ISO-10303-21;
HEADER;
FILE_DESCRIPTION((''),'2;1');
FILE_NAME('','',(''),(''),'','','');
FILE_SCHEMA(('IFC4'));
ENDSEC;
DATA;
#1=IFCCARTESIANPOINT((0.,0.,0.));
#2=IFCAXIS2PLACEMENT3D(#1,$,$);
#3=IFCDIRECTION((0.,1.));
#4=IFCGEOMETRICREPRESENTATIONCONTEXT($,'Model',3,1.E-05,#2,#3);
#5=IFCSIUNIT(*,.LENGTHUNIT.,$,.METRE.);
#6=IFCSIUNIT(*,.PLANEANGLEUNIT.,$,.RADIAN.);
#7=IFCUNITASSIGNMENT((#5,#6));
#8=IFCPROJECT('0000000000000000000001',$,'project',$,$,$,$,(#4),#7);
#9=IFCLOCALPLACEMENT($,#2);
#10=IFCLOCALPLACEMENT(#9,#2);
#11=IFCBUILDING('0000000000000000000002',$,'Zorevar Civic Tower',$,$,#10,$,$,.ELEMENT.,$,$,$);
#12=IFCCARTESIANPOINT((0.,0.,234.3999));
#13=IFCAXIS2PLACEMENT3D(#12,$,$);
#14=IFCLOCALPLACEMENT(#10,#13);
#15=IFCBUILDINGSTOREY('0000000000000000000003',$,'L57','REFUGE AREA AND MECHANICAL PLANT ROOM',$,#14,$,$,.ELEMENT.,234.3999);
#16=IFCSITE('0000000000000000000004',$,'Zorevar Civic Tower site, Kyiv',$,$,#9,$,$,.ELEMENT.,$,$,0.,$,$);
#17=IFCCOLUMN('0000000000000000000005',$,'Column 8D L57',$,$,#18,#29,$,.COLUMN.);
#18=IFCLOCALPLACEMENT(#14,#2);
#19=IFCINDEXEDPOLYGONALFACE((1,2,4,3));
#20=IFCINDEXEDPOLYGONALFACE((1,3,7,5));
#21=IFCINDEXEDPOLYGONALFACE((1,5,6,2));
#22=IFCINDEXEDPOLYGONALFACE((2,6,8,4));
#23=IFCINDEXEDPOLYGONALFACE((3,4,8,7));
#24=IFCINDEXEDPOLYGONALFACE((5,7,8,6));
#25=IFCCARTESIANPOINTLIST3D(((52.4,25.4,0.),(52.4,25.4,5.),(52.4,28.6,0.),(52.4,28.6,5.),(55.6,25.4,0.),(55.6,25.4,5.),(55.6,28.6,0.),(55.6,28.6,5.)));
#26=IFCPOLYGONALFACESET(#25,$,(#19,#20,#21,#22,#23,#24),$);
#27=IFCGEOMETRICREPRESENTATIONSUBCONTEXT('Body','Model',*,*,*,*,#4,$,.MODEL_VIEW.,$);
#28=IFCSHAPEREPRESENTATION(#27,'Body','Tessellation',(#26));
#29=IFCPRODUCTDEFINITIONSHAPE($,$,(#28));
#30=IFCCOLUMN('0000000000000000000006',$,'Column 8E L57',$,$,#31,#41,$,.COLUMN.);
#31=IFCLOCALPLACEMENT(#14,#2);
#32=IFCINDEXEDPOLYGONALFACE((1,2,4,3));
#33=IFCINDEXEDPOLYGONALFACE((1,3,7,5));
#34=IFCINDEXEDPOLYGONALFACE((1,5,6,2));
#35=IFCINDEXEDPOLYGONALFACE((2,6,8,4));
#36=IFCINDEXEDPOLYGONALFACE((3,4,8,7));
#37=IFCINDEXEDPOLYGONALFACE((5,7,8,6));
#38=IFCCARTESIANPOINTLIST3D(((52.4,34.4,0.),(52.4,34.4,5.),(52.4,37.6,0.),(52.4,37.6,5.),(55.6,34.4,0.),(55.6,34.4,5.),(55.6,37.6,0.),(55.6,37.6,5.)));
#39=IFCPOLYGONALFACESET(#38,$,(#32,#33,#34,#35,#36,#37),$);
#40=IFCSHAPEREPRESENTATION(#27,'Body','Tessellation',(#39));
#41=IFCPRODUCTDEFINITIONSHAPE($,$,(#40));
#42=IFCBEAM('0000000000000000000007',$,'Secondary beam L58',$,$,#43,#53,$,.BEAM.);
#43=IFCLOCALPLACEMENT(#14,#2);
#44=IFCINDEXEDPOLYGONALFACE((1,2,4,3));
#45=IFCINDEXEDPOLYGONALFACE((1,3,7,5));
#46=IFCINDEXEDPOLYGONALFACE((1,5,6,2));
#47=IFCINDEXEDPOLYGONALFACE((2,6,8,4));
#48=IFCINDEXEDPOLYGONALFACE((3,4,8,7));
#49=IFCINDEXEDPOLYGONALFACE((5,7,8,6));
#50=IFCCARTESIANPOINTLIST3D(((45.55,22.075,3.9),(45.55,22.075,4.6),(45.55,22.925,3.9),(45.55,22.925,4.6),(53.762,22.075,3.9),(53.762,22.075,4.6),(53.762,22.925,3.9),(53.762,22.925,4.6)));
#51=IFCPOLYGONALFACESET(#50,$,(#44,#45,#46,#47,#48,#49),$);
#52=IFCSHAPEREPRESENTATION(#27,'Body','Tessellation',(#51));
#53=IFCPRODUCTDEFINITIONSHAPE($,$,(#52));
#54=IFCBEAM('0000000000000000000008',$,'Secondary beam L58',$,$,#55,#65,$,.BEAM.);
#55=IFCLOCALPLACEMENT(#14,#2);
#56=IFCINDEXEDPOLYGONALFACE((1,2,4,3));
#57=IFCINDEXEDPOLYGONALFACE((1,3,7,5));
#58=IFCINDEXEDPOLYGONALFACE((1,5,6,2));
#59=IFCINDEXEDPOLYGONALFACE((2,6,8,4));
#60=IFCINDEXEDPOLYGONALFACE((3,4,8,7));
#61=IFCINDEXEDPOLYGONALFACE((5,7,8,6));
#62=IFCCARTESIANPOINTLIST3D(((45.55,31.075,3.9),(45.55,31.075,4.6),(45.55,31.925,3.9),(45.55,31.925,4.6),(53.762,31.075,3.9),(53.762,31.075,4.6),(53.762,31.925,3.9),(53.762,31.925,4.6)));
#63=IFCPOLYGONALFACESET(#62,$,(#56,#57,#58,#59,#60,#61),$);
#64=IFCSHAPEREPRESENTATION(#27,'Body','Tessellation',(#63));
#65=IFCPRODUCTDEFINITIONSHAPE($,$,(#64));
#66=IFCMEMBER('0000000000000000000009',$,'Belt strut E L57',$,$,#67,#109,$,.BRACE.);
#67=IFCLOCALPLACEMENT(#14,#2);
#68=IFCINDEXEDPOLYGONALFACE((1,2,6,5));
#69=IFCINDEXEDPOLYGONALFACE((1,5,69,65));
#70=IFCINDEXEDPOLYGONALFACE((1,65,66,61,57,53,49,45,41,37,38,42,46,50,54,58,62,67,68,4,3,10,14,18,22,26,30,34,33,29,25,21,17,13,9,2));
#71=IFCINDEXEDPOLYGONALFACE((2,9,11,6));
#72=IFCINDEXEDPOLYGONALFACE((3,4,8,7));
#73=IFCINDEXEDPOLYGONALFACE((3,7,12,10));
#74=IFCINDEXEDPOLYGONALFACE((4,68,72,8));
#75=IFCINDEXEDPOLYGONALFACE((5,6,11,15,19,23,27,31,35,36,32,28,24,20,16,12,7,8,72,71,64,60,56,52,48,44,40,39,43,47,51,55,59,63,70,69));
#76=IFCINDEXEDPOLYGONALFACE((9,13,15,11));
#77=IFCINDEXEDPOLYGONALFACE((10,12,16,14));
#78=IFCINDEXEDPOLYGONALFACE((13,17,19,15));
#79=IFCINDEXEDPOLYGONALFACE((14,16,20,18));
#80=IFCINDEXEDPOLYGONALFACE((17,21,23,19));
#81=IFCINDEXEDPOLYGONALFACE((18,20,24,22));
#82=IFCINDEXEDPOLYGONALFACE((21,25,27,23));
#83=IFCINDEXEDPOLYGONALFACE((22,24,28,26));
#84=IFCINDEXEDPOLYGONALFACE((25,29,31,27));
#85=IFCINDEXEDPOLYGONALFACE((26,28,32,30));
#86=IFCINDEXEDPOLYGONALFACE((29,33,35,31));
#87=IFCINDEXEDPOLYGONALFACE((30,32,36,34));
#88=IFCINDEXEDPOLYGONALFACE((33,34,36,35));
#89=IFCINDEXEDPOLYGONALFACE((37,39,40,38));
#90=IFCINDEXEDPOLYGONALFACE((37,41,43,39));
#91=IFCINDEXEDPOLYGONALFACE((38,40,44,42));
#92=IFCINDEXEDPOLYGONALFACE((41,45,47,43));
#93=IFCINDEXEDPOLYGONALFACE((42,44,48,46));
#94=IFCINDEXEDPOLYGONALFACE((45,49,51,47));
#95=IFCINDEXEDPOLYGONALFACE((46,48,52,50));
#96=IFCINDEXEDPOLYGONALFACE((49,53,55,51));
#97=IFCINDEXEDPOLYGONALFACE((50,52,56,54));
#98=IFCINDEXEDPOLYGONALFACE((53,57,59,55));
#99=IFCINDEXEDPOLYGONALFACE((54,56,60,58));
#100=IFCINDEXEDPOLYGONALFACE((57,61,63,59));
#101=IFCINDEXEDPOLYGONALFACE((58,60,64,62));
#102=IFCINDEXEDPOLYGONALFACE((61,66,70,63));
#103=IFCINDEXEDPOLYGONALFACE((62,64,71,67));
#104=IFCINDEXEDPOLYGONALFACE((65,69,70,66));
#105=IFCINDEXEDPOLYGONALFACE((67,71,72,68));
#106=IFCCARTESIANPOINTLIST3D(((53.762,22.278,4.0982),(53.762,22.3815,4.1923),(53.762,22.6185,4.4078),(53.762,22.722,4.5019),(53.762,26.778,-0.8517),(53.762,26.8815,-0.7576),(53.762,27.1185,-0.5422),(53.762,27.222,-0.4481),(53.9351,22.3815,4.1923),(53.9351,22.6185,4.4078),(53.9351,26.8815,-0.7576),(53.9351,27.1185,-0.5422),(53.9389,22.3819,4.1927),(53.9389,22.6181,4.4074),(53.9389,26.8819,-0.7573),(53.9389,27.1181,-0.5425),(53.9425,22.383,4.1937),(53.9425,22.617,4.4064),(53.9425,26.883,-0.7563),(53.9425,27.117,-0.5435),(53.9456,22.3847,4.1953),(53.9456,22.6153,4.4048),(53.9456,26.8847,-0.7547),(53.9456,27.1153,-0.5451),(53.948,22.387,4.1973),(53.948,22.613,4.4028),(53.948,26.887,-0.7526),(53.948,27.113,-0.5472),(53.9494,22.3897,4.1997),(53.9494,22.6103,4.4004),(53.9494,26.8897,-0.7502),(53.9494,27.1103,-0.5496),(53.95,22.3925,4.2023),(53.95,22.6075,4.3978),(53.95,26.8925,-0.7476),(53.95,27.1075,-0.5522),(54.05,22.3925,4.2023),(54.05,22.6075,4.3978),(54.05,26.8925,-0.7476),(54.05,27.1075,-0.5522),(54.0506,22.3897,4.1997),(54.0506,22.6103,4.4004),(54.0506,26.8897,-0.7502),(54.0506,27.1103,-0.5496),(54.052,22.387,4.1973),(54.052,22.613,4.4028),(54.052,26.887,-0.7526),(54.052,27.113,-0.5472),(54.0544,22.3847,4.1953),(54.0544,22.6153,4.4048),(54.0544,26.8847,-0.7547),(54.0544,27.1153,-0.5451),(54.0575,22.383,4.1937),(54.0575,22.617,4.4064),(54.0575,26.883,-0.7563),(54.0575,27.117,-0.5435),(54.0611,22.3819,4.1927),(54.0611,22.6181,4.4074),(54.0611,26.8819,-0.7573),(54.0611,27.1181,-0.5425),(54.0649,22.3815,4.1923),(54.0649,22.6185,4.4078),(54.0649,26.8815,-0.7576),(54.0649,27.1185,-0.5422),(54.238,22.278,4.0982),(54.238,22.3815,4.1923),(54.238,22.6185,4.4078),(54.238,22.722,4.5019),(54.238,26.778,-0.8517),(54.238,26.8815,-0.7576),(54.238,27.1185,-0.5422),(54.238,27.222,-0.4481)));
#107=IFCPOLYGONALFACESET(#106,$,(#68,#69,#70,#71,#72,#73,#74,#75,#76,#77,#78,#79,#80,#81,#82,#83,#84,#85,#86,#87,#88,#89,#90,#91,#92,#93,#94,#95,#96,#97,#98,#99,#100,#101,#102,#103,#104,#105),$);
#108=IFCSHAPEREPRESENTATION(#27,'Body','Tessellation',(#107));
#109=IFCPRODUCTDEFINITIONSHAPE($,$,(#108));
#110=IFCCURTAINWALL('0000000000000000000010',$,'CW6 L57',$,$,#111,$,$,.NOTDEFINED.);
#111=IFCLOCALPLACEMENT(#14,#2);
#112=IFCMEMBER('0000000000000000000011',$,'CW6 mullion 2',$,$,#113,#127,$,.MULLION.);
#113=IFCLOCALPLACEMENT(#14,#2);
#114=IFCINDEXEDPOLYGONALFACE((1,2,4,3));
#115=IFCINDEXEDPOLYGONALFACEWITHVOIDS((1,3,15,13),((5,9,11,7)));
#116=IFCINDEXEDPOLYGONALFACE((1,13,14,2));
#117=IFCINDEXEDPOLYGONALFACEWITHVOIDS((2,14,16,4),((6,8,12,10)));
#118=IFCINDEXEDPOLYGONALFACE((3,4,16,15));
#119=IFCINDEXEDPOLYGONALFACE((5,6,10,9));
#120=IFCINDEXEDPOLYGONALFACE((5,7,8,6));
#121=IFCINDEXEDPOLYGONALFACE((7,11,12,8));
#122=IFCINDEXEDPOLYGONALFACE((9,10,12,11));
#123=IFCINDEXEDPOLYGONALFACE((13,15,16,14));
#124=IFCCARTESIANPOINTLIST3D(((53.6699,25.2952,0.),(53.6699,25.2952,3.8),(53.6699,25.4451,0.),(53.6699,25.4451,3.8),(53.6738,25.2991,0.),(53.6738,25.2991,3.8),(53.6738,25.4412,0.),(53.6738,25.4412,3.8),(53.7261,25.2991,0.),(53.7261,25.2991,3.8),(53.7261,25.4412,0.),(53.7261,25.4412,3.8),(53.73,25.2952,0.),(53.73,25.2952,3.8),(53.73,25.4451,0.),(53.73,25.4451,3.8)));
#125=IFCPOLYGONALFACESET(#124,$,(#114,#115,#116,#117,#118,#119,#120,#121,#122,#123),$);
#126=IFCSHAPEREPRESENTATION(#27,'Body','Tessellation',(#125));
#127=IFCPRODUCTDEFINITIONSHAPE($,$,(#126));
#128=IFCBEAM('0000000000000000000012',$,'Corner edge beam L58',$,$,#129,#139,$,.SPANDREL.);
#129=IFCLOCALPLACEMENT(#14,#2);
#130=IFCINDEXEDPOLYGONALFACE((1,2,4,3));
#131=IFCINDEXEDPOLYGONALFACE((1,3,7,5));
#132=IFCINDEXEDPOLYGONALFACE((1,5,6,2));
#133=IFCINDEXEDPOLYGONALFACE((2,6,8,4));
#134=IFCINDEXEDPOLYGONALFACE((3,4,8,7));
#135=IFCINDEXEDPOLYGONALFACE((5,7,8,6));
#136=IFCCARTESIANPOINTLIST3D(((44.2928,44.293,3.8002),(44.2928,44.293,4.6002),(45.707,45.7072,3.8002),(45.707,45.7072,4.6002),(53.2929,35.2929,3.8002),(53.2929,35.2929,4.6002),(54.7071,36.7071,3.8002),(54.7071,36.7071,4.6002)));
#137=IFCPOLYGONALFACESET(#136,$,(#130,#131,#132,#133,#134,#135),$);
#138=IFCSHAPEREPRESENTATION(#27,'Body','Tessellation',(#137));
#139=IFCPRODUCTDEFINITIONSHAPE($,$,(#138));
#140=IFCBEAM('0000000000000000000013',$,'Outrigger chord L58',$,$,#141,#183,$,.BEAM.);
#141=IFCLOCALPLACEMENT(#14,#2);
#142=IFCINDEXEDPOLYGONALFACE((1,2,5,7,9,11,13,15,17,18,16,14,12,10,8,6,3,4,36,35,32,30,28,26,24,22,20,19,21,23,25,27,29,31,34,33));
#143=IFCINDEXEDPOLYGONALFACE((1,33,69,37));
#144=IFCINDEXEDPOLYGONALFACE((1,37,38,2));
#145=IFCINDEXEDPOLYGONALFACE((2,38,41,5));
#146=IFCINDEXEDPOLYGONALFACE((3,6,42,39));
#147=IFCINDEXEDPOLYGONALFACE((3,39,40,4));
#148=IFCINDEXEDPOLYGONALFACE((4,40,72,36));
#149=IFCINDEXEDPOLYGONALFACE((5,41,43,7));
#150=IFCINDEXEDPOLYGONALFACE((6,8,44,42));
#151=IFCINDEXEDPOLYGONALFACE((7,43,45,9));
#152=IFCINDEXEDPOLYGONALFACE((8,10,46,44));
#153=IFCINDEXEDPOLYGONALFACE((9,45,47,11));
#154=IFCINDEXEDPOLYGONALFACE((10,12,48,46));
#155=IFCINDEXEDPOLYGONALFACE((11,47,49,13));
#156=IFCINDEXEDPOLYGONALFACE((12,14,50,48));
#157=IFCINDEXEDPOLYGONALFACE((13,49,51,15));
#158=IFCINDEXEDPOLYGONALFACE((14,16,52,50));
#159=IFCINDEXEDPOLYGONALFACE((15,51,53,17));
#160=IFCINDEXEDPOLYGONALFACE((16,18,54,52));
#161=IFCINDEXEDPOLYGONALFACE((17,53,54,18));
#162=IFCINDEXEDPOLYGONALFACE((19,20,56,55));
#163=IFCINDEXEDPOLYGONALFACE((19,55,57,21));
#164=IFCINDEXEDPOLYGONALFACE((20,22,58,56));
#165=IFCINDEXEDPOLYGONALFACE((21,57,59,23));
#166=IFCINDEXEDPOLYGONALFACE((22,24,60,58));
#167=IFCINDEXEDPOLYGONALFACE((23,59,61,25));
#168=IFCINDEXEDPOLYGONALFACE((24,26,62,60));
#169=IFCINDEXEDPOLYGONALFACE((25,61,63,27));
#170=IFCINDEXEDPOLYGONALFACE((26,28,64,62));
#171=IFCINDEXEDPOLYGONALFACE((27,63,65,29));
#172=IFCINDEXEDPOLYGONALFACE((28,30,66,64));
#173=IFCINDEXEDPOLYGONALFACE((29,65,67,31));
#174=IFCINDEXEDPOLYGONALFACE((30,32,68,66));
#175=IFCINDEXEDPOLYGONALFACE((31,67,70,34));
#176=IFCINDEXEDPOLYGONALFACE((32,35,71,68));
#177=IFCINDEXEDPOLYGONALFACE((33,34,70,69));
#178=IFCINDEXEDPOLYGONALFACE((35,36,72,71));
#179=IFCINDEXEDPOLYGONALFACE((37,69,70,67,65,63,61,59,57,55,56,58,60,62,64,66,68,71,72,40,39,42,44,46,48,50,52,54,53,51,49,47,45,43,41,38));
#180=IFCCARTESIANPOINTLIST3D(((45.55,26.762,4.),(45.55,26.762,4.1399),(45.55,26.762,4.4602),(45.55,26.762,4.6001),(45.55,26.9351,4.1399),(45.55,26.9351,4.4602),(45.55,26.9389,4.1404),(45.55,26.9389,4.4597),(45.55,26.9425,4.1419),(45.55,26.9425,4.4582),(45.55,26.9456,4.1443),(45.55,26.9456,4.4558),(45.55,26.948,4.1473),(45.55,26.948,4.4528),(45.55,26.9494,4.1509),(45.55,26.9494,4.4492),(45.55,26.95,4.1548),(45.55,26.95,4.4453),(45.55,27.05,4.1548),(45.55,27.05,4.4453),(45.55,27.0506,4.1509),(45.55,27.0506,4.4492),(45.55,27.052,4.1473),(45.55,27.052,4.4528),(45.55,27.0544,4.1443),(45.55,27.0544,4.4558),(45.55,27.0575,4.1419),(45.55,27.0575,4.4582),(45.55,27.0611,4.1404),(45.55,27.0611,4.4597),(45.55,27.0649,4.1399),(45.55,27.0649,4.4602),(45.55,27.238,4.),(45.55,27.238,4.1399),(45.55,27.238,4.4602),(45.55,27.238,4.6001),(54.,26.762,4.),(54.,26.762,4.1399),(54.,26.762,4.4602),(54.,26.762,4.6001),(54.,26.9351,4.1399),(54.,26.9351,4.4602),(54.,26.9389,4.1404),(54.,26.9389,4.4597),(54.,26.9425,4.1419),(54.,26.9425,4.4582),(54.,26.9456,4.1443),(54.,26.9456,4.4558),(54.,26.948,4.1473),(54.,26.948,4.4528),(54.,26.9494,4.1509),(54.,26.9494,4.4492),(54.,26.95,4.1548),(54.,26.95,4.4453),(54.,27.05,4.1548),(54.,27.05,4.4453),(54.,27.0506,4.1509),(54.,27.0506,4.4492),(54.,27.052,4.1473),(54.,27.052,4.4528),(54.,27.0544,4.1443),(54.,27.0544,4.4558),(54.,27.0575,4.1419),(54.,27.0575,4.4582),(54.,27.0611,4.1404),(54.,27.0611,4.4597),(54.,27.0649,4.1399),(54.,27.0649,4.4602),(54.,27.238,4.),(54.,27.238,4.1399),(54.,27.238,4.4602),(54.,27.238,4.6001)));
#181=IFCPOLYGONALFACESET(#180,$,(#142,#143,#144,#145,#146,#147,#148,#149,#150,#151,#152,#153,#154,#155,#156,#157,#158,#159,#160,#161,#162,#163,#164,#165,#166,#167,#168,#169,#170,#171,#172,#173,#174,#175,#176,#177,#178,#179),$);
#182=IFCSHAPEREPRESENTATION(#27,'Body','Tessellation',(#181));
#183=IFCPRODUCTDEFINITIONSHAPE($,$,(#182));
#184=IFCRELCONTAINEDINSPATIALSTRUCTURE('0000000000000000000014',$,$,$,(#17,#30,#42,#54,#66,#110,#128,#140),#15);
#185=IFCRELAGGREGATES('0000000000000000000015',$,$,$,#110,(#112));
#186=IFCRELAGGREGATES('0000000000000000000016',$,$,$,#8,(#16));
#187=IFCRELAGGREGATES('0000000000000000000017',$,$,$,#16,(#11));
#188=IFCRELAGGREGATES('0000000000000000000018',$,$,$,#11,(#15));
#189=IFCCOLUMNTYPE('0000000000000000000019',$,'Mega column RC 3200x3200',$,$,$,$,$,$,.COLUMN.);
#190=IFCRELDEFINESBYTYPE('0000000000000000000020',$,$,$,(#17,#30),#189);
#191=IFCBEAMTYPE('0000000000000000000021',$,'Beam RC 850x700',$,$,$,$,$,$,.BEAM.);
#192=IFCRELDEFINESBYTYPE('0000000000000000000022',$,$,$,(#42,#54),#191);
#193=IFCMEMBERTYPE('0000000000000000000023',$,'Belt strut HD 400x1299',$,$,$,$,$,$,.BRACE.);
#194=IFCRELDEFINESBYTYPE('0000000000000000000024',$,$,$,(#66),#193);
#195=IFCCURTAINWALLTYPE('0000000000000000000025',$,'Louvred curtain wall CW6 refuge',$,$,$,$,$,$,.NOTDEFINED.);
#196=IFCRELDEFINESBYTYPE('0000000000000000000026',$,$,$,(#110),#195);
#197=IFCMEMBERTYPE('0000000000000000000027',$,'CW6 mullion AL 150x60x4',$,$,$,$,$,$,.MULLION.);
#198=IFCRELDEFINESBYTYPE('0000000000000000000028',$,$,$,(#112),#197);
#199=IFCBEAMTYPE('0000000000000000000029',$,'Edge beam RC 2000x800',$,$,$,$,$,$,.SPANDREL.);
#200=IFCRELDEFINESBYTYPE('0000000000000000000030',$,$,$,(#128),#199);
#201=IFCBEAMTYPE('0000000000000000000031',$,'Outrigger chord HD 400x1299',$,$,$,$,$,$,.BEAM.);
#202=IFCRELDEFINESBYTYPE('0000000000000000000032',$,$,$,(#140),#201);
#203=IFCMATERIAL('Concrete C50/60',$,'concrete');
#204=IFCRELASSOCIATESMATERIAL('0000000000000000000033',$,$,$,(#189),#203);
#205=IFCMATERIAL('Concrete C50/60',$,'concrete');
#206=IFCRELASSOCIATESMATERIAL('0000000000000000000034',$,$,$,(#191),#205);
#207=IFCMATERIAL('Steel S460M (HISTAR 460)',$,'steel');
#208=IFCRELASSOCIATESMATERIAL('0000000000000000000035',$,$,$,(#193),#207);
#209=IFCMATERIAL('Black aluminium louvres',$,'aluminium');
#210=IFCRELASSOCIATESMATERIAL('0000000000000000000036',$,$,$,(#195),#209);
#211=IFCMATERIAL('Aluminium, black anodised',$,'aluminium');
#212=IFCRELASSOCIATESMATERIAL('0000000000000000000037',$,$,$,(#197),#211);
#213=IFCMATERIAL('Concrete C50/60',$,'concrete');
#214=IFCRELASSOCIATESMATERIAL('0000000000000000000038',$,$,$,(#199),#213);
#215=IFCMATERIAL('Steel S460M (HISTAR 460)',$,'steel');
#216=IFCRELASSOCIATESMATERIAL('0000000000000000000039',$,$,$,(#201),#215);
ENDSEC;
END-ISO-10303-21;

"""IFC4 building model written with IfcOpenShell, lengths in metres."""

from ifc_helpers import new_model, si_unit, direction, frame, origin, origin_2d, place, context, subcontext, project, spatial, rectangle, hollow_rectangle, i_section, extrude, material, material_profile, profile_set, type_object, element, aggregate, save


model = new_model("IFC4")

# Units and contexts
model_context = context("Model", 3, precision=1e-05, world=origin(), true_north=direction((0.0, 1.0)))
body_context = subcontext(model_context, "Body", "Model", "MODEL_VIEW")
ifc_project = project(units=[si_unit("LENGTHUNIT", "METRE"), si_unit("PLANEANGLEUNIT", "RADIAN")], contexts=[model_context])

# Site, building, storey
site_placement = place(None, origin())
site = spatial("IfcSite", under=ifc_project, at=site_placement, Name="Zorevar Civic Tower site, Kyiv", CompositionType="ELEMENT", RefElevation=0.0)
building_placement = place(site_placement, origin())
building = spatial("IfcBuilding", under=site, at=building_placement, Name="Zorevar Civic Tower", CompositionType="ELEMENT")
storey_placement = place(building_placement, frame((0.0, 0.0, 234.3999)))
storey = spatial("IfcBuildingStorey", under=building, at=storey_placement, Name="L57", Description="REFUGE AREA AND MECHANICAL PLANT ROOM", CompositionType="ELEMENT", Elevation=234.3999)

# Columns
ifc_material_1 = material(Name="Concrete C50/60", Category="concrete")
ifc_material_profile_1 = material_profile(ifc_material_1, rectangle(XDim=3.2, YDim=3.2, at=origin_2d()), Name="RC 3200x3200")
ifc_profile_set_1 = profile_set([ifc_material_profile_1], Name="Concrete C50/60")
column_type = type_object("IfcColumnType", Name="Mega column RC 3200x3200", PredefinedType="COLUMN", material=ifc_profile_set_1)
for number, where, z_axis, x_axis, name in (
    (1, (54.0, 27.0, 0.0), (0.0, 0.0, 1.0), (1.0, 0.0, 0.0), "Column 8D L57"),
    (2, (54.0, 36.0, 0.0), (0.0, 0.0, 1.0), (1.0, 0.0, 0.0), "Column 8E L57"),
):
    element("IfcColumn", number, at=place(storey_placement, frame(where, z_axis=z_axis, x_axis=x_axis)), inside=storey, type_object=column_type, Name=name, PredefinedType="COLUMN", context=body_context, shape_type="SweptSolid", body=[
        extrude(rectangle(XDim=3.2, YDim=3.2, at=origin_2d()), origin(), (0.0, 0.0, 1.0), 5.0),
    ])

# Beams
ifc_material_2 = material(Name="Concrete C50/60", Category="concrete")
ifc_material_profile_2 = material_profile(ifc_material_2, rectangle(XDim=0.8501, YDim=0.7, at=origin_2d()), Name="RC 850x700")
ifc_profile_set_2 = profile_set([ifc_material_profile_2], Name="Concrete C50/60")
beam_type_1 = type_object("IfcBeamType", Name="Beam RC 850x700", PredefinedType="BEAM", material=ifc_profile_set_2)
for number, where, z_axis, x_axis, name in (
    (3, (45.55, 22.5, 4.25), (1.0, 0.0, 0.0), (0.0, 1.0, 0.0), "Secondary beam L58"),
    (4, (45.55, 31.5, 4.25), (1.0, 0.0, 0.0), (0.0, 1.0, 0.0), "Secondary beam L58"),
):
    element("IfcBeam", number, at=place(storey_placement, frame(where, z_axis=z_axis, x_axis=x_axis)), inside=storey, type_object=beam_type_1, Name=name, PredefinedType="BEAM", context=body_context, shape_type="SweptSolid", body=[
        extrude(rectangle(XDim=0.8501, YDim=0.7, at=origin_2d()), origin(), (0.0, 0.0, 1.0), 8.2119),
    ])

# Member
ifc_material_3 = material(Name="Steel S460M (HISTAR 460)", Category="steel")
ifc_material_profile_3 = material_profile(ifc_material_3, i_section(OverallWidth=0.4761, OverallDepth=0.6001, WebThickness=0.1001, FlangeThickness=0.1399, FilletRadius=0.0149, at=origin_2d()), Name="HD 400x1299")
ifc_profile_set_3 = profile_set([ifc_material_profile_3], Name="Steel S460M (HISTAR 460)")
member_type_1 = type_object("IfcMemberType", Name="Belt strut HD 400x1299", PredefinedType="BRACE", material=ifc_profile_set_3)
member_1_placement = place(storey_placement, frame((54.0, 27.0, -0.6499), z_axis=(0.0, -0.672676, 0.739937), x_axis=(1.0, 0.0, 0.0)))
element("IfcMember", 5, at=member_1_placement, inside=storey, type_object=member_type_1, Name="Belt strut E L57", PredefinedType="BRACE", context=body_context, shape_type="SweptSolid", body=[
    extrude(i_section(OverallWidth=0.4761, OverallDepth=0.6001, WebThickness=0.1001, FlangeThickness=0.1399, FilletRadius=0.0149, at=origin_2d()), origin(), (0.0, 0.0, 1.0), 6.6897),
])

# Curtain wall, member
ifc_material_4 = material(Name="Black aluminium louvres", Category="aluminium")
curtain_wall_type = type_object("IfcCurtainWallType", Name="Louvred curtain wall CW6 refuge", PredefinedType="NOTDEFINED", material=ifc_material_4)
curtain_wall_placement = place(storey_placement, origin())
curtain_wall = element("IfcCurtainWall", 6, at=curtain_wall_placement, inside=storey, type_object=curtain_wall_type, Name="CW6 L57", PredefinedType="NOTDEFINED")
ifc_material_5 = material(Name="Aluminium, black anodised", Category="aluminium")
ifc_material_profile_4 = material_profile(ifc_material_5, hollow_rectangle(XDim=0.0601, YDim=0.1499, WallThickness=0.0039, at=origin_2d()), Name="AL 150x60x4")
ifc_profile_set_4 = profile_set([ifc_material_profile_4], Name="Aluminium, black anodised")
member_type_2 = type_object("IfcMemberType", Name="CW6 mullion AL 150x60x4", PredefinedType="MULLION", material=ifc_profile_set_4)
member_2_placement = place(storey_placement, frame((53.7, 25.3701, 0.0), z_axis=(0.0, 0.0, 1.0), x_axis=(-1.0, 0.0, 0.0)))
member_2 = element("IfcMember", 7, at=member_2_placement, type_object=member_type_2, Name="CW6 mullion 2", PredefinedType="MULLION", context=body_context, shape_type="SweptSolid", body=[
    extrude(hollow_rectangle(XDim=0.0601, YDim=0.1499, WallThickness=0.0039, at=origin_2d()), origin(), (0.0, 0.0, 1.0), 3.8),
])

# Beams
ifc_material_6 = material(Name="Concrete C50/60", Category="concrete")
ifc_material_profile_5 = material_profile(ifc_material_6, rectangle(XDim=2.0, YDim=0.8, at=origin_2d()), Name="RC 2000x800")
ifc_profile_set_5 = profile_set([ifc_material_profile_5], Name="Concrete C50/60")
beam_type_2 = type_object("IfcBeamType", Name="Edge beam RC 2000x800", PredefinedType="SPANDREL", material=ifc_profile_set_5)
beam_placement = place(storey_placement, frame((54.0, 36.0, 4.2002), z_axis=(-0.707107, 0.707107, 0.0), x_axis=(-0.707107, -0.707107, 0.0)))
element("IfcBeam", 8, at=beam_placement, inside=storey, type_object=beam_type_2, Name="Corner edge beam L58", PredefinedType="SPANDREL", context=body_context, shape_type="SweptSolid", body=[
    extrude(rectangle(XDim=2.0, YDim=0.8, at=origin_2d()), origin(), (0.0, 0.0, 1.0), 12.728),
])
ifc_material_7 = material(Name="Steel S460M (HISTAR 460)", Category="steel")
ifc_material_profile_6 = material_profile(ifc_material_7, i_section(OverallWidth=0.4761, OverallDepth=0.6001, WebThickness=0.1001, FlangeThickness=0.1399, FilletRadius=0.0149, at=origin_2d()), Name="HD 400x1299")
ifc_profile_set_6 = profile_set([ifc_material_profile_6], Name="Steel S460M (HISTAR 460)")
beam_type_3 = type_object("IfcBeamType", Name="Outrigger chord HD 400x1299", PredefinedType="BEAM", material=ifc_profile_set_6)
for number, where, z_axis, x_axis, name in (
    (9, (45.55, 27.0, 4.3), (1.0, 0.0, 0.0), (0.0, 1.0, 0.0), "Outrigger chord L58"),
):
    element("IfcBeam", number, at=place(storey_placement, frame(where, z_axis=z_axis, x_axis=x_axis)), inside=storey, type_object=beam_type_3, Name=name, PredefinedType="BEAM", context=body_context, shape_type="SweptSolid", body=[
        extrude(i_section(OverallWidth=0.4761, OverallDepth=0.6001, WebThickness=0.1001, FlangeThickness=0.1399, FilletRadius=0.0149, at=origin_2d()), origin(), (0.0, 0.0, 1.0), 8.45),
    ])

aggregate(curtain_wall, [member_2])

save(model, "model.ifc")
